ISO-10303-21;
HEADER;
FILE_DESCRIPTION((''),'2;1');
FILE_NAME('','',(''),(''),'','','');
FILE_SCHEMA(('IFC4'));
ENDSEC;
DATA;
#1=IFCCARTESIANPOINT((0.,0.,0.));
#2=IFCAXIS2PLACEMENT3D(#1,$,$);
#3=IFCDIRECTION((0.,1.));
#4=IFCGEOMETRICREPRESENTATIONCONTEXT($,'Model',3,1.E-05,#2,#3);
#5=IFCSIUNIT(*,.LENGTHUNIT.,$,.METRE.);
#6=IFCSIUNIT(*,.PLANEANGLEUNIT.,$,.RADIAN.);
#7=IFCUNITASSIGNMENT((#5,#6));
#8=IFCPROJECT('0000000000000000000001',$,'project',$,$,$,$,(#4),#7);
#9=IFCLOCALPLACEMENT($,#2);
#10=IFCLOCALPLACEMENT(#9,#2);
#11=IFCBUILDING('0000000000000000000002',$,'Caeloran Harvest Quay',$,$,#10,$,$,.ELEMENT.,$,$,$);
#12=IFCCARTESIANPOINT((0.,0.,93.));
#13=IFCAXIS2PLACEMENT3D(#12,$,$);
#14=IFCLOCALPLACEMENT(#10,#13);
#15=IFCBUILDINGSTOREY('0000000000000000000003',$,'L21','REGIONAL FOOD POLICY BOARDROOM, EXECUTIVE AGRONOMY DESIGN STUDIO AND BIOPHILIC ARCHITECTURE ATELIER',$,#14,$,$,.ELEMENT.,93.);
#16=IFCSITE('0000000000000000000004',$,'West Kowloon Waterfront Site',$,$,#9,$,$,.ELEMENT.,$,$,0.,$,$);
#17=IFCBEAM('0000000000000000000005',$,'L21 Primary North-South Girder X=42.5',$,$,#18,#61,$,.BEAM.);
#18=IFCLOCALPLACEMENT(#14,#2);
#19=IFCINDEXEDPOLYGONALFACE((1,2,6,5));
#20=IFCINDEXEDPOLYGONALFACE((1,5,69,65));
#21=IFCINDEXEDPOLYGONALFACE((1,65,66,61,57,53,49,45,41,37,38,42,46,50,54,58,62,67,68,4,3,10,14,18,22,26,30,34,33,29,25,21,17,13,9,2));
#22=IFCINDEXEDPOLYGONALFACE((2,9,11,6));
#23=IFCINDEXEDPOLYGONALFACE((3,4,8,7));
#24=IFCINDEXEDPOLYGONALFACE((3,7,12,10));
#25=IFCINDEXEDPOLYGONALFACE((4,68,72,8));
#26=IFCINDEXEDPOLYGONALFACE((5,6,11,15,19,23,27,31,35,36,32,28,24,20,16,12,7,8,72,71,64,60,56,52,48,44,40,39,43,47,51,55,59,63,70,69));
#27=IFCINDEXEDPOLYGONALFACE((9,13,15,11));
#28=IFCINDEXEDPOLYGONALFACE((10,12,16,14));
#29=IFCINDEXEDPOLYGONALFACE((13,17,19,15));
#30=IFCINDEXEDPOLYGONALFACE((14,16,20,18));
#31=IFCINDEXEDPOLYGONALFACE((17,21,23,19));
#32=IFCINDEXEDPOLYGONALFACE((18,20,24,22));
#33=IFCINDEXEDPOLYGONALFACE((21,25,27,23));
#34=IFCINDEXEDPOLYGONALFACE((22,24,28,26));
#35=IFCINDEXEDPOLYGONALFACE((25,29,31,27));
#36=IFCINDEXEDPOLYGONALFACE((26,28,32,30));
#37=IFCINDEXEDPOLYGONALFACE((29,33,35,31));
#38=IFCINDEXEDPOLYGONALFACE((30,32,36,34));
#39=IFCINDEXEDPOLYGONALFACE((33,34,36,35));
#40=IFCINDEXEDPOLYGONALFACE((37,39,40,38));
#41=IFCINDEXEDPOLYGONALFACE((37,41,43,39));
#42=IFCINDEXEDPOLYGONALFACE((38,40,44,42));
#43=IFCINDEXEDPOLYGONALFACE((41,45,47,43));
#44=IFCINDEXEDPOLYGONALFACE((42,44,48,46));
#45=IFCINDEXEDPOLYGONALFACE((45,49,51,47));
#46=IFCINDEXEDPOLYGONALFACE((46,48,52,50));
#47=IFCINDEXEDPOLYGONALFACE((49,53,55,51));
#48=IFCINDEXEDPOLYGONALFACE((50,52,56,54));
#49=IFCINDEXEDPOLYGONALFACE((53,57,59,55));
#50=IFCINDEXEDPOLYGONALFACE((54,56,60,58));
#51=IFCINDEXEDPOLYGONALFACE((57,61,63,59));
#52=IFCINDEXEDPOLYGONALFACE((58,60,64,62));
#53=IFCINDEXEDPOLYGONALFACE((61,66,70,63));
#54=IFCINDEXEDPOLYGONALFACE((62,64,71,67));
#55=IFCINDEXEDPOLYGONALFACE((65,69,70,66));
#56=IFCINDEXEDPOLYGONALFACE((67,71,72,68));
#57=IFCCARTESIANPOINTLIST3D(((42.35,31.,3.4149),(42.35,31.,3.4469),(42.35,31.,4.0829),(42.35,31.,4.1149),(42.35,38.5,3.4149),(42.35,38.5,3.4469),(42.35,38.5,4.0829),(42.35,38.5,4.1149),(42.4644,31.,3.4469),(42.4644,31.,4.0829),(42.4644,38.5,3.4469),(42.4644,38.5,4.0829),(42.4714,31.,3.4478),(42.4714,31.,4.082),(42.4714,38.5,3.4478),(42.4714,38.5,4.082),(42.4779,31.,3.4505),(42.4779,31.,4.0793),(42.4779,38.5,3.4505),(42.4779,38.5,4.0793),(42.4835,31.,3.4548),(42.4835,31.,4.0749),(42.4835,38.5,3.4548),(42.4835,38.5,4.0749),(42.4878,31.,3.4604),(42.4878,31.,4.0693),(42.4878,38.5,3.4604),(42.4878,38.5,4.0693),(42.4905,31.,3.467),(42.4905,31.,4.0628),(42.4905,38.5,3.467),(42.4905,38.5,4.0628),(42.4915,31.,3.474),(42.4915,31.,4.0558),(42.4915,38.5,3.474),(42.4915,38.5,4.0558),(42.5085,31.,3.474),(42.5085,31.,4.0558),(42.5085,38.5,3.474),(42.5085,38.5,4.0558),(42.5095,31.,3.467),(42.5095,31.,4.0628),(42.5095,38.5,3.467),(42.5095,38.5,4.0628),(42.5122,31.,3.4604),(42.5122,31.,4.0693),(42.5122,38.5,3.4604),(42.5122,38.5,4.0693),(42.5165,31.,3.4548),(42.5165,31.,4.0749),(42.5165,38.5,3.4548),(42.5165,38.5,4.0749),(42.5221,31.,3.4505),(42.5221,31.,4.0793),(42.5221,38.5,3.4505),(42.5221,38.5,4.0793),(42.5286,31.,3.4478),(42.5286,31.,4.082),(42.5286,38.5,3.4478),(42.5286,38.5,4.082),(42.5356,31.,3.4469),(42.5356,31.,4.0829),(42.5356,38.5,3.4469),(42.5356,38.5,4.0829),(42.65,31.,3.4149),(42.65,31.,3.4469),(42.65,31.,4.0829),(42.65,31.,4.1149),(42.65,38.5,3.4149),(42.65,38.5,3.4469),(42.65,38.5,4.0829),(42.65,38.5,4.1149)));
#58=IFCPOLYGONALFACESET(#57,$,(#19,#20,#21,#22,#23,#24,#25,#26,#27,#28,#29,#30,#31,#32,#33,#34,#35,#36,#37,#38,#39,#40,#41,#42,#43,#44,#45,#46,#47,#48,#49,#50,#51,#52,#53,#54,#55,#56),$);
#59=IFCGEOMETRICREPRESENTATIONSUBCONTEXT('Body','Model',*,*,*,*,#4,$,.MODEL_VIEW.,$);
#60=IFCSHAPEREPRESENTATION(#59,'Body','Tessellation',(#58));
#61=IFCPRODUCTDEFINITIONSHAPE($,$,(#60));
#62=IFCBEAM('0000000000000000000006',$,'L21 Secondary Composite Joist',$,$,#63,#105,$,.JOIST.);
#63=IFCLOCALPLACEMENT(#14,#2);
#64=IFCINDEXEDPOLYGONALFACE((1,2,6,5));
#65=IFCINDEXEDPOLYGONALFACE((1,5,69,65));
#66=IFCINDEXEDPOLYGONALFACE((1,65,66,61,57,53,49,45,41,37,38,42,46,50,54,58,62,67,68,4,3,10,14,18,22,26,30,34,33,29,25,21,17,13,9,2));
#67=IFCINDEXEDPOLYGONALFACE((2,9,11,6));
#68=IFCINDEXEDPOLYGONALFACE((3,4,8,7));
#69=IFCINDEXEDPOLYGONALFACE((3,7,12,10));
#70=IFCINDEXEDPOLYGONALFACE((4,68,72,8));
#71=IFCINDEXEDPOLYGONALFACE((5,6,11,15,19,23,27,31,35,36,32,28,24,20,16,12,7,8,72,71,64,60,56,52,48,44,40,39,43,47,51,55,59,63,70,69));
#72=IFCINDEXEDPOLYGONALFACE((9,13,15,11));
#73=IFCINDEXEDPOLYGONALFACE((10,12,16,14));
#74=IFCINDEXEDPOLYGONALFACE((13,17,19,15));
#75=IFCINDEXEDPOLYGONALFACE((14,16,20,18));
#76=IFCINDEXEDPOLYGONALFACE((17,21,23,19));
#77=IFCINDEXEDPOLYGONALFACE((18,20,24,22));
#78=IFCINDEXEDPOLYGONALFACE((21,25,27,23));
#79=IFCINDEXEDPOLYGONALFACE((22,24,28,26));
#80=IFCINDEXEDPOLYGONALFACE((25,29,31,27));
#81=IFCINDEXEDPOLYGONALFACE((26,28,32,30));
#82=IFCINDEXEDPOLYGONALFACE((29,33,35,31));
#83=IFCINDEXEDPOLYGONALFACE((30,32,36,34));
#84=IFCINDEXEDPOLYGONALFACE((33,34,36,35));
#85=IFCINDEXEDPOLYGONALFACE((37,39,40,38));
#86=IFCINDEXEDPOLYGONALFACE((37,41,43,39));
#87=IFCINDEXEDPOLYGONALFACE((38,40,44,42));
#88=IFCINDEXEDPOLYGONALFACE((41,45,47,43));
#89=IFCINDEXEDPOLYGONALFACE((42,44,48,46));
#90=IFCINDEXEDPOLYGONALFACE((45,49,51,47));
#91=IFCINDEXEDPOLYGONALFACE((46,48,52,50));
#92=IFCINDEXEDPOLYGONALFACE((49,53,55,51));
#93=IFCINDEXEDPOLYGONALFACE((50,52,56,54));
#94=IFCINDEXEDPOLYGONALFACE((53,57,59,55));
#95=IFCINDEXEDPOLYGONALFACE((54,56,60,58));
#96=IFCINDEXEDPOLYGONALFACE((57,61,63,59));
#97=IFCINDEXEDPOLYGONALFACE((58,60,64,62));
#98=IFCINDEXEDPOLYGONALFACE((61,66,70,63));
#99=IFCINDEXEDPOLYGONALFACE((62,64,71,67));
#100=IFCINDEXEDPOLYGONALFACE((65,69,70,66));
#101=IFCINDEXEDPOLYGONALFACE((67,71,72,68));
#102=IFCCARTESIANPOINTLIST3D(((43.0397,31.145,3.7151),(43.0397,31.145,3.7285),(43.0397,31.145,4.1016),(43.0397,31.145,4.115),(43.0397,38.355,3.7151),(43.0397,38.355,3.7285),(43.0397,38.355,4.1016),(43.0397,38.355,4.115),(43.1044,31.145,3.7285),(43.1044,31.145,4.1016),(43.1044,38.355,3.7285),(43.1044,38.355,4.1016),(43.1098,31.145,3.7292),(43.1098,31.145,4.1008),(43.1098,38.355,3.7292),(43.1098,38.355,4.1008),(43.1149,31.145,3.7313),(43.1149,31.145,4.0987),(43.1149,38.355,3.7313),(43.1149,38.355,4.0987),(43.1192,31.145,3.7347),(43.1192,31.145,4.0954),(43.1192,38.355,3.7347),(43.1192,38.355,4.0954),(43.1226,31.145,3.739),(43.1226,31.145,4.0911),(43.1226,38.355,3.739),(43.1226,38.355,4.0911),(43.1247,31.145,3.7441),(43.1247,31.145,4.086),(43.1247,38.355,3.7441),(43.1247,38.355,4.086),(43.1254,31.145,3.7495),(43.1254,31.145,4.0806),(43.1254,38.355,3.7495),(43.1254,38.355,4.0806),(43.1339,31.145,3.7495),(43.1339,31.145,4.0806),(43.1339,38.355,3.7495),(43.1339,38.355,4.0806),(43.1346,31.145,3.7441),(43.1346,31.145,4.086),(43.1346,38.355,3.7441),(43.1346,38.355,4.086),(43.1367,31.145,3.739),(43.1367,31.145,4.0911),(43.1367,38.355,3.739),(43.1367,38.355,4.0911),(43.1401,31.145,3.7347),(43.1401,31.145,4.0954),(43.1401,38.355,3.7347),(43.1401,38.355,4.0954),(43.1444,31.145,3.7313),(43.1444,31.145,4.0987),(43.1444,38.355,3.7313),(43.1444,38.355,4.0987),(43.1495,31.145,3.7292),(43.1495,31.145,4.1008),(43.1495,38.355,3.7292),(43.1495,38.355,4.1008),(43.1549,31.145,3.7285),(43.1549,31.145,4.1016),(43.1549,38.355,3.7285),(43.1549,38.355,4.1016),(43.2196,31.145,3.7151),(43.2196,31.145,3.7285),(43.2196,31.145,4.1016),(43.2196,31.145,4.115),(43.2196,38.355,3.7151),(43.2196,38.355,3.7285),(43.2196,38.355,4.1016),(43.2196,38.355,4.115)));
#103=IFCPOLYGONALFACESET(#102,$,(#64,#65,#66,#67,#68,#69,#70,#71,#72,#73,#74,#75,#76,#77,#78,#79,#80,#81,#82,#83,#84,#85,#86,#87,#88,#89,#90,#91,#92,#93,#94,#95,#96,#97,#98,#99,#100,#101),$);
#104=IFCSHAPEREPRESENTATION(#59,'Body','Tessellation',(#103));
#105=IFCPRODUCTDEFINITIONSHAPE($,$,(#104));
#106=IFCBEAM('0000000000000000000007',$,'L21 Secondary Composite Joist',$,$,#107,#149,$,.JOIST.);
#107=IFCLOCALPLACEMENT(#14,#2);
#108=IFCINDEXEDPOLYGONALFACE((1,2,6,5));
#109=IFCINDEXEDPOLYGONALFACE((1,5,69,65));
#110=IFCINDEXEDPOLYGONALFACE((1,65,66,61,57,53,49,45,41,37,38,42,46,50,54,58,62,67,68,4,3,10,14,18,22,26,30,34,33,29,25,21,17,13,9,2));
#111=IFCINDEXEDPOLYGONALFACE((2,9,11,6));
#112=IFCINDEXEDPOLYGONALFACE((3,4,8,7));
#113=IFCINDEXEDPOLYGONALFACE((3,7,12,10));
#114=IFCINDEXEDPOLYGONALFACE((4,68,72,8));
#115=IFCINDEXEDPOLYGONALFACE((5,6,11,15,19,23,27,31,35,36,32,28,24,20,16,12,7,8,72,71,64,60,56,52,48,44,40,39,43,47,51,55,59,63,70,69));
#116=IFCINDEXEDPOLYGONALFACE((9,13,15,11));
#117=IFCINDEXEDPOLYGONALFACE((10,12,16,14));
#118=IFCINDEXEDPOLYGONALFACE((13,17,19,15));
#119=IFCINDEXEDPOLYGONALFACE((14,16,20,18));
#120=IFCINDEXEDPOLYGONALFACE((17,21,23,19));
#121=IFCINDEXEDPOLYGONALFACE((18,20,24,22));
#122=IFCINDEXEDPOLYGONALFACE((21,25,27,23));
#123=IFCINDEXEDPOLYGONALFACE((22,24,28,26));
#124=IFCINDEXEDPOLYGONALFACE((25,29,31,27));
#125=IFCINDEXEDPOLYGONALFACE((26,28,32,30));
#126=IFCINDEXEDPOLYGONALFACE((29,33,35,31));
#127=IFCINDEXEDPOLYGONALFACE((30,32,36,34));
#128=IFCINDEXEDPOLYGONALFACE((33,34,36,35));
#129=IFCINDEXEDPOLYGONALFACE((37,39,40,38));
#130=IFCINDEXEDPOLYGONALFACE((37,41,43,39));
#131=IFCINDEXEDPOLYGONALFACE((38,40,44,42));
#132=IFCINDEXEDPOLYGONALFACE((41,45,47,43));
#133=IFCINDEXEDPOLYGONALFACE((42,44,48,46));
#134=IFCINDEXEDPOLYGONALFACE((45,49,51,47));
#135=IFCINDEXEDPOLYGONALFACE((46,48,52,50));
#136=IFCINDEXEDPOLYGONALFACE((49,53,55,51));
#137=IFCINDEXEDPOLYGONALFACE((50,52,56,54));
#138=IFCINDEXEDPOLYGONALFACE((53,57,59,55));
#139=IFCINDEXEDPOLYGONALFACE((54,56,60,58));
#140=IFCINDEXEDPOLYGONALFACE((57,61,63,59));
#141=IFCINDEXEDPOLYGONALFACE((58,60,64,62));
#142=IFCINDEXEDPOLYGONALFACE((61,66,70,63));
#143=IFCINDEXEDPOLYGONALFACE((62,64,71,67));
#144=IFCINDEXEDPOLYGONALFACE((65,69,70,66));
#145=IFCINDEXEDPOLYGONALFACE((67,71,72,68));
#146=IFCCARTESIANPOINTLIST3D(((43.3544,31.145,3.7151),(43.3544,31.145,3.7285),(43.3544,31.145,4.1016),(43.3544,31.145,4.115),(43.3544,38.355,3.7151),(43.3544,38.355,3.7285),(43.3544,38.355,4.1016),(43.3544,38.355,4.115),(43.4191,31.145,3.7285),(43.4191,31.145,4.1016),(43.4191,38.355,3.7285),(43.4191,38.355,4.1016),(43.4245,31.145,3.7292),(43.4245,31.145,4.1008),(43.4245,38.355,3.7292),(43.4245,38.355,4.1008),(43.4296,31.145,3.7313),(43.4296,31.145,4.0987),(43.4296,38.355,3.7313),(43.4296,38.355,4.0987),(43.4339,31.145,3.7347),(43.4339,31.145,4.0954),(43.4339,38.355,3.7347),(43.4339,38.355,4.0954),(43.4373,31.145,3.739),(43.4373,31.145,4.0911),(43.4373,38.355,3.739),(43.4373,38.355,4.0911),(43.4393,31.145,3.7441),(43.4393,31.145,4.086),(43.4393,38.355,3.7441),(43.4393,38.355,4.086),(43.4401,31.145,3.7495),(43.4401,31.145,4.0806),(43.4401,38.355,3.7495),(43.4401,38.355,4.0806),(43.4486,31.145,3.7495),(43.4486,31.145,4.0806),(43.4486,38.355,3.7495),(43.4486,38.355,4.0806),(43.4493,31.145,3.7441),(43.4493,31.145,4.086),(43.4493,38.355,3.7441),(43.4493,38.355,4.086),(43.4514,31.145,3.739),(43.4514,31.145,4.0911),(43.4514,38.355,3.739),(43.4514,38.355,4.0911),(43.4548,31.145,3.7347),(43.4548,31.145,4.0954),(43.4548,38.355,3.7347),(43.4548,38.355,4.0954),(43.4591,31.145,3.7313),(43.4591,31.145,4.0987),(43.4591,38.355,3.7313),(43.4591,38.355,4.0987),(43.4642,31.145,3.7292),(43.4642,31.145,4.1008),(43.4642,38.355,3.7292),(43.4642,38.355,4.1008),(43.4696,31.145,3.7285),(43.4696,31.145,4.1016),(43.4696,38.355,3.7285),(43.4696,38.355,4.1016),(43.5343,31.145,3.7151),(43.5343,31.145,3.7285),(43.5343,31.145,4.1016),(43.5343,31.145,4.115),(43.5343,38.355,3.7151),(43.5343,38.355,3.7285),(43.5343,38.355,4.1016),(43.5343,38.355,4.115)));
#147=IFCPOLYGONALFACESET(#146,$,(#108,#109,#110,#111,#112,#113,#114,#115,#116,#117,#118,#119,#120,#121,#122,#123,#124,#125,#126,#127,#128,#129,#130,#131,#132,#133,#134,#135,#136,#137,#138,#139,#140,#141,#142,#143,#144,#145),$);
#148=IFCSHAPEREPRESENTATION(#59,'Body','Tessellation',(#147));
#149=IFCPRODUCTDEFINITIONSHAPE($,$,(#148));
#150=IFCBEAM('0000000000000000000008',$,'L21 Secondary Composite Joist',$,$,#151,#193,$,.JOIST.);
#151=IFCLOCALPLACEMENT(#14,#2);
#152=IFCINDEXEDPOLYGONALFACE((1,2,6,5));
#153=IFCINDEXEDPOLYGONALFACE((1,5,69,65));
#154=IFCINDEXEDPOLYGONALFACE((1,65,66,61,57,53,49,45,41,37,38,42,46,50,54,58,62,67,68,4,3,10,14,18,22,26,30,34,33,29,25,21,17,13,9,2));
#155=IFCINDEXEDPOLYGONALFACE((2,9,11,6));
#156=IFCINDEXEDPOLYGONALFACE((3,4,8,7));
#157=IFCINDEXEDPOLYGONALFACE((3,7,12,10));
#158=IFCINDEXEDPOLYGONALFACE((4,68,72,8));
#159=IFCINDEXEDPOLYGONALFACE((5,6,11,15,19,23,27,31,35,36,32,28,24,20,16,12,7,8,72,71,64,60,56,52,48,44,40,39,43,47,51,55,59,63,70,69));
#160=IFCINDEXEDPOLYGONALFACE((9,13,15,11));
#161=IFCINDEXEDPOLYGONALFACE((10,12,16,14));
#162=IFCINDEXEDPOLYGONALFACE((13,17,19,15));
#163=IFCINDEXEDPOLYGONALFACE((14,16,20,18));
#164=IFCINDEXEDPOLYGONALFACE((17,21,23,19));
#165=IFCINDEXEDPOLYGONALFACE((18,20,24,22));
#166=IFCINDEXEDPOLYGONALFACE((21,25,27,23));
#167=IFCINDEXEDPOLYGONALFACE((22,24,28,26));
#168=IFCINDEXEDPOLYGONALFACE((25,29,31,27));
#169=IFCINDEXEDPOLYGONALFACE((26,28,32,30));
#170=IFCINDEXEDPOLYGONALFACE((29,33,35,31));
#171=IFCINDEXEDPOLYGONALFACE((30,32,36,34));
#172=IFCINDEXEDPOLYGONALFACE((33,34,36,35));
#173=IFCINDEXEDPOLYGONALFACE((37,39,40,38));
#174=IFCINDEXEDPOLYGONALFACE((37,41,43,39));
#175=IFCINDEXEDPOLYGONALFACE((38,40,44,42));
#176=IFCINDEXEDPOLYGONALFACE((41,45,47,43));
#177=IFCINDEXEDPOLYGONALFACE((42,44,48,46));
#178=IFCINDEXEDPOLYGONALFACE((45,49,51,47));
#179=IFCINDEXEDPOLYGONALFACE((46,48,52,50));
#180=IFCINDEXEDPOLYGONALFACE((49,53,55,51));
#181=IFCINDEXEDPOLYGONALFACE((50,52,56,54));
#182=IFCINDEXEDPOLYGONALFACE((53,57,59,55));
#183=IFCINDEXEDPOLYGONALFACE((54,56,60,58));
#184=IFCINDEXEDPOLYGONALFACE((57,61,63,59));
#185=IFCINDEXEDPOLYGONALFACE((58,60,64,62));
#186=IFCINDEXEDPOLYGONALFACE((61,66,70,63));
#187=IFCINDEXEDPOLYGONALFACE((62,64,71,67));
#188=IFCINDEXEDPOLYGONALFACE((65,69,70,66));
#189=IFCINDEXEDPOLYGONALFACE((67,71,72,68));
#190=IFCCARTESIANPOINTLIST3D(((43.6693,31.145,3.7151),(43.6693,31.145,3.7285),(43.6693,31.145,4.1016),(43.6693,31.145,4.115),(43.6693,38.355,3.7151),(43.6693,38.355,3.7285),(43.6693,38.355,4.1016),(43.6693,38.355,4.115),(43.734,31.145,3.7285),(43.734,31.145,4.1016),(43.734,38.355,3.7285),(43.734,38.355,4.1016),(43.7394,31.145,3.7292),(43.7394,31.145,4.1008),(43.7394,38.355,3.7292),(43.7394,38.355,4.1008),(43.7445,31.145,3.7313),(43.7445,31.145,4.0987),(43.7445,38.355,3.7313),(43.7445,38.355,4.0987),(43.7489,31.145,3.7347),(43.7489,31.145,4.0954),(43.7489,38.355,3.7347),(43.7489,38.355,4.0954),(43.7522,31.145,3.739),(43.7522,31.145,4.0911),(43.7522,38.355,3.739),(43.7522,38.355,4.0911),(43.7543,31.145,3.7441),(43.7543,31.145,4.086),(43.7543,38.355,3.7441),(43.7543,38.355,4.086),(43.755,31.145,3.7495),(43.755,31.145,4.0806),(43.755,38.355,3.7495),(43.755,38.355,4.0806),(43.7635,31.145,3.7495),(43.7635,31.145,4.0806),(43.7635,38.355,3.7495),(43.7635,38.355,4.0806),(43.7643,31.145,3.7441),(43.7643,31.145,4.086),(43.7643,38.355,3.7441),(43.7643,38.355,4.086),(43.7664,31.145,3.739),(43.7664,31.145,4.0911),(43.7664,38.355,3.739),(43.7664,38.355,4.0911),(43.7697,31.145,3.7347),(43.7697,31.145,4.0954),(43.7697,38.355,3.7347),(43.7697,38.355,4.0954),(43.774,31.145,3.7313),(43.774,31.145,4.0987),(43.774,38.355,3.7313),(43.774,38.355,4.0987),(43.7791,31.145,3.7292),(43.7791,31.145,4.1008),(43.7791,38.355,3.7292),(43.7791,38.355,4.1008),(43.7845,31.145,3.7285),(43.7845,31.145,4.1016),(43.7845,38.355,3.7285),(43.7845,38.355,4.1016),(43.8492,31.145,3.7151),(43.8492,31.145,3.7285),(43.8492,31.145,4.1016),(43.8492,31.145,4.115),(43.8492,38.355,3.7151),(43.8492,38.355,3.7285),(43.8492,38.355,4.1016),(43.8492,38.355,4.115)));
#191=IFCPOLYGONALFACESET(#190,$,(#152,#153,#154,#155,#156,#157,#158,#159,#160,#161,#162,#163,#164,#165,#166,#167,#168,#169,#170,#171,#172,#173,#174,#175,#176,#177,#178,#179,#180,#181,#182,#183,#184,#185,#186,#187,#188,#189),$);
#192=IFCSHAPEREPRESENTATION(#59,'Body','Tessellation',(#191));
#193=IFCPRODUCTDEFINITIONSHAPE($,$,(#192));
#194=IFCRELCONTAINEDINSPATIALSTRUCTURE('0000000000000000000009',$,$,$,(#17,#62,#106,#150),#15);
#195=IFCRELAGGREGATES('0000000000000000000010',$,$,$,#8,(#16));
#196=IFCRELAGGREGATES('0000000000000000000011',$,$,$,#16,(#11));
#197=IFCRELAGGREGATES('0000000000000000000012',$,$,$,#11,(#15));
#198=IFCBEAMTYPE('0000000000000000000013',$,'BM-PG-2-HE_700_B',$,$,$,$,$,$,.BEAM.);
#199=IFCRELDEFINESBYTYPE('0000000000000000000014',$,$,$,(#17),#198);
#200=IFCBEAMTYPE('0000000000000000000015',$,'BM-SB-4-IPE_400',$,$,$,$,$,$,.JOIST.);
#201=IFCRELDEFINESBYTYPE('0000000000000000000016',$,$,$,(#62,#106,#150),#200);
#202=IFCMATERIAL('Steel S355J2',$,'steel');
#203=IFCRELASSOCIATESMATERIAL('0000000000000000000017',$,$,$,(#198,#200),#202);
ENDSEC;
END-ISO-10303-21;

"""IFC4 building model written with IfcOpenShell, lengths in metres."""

from ifc_helpers import new_model, si_unit, direction, frame, origin, origin_2d, place, context, subcontext, project, spatial, i_section, extrude, material, material_profile, profile_set, type_object, element, save


model = new_model("IFC4")

# Units and contexts
model_context = context("Model", 3, precision=1e-05, world=origin(), true_north=direction((0.0, 1.0)))
body_context = subcontext(model_context, "Body", "Model", "MODEL_VIEW")
ifc_project = project(units=[si_unit("LENGTHUNIT", "METRE"), si_unit("PLANEANGLEUNIT", "RADIAN")], contexts=[model_context])

# Site, building, storey
site_placement = place(None, origin())
site = spatial("IfcSite", under=ifc_project, at=site_placement, Name="West Kowloon Waterfront Site", CompositionType="ELEMENT", RefElevation=0.0)
building_placement = place(site_placement, origin())
building = spatial("IfcBuilding", under=site, at=building_placement, Name="Caeloran Harvest Quay", CompositionType="ELEMENT")
storey_placement = place(building_placement, frame((0.0, 0.0, 93.0)))
storey = spatial("IfcBuildingStorey", under=building, at=storey_placement, Name="L21", Description="REGIONAL FOOD POLICY BOARDROOM, EXECUTIVE AGRONOMY DESIGN STUDIO AND BIOPHILIC ARCHITECTURE ATELIER", CompositionType="ELEMENT", Elevation=93.0)

# Beams
ifc_material_1 = material(Name="Steel S355J2", Category="steel")
ifc_material_profile_1 = material_profile(ifc_material_1, i_section(OverallWidth=0.3, OverallDepth=0.7, WebThickness=0.0171, FlangeThickness=0.032, FilletRadius=0.0271, at=origin_2d()), Name="HE 700 B")
ifc_profile_set_1 = profile_set([ifc_material_profile_1], Name="Steel S355J2")
beam_type_1 = type_object("IfcBeamType", Name="BM-PG-2-HE_700_B", PredefinedType="BEAM", material=ifc_profile_set_1)
beam_placement = place(storey_placement, frame((42.5, 31.0, 3.7649), z_axis=(0.0, 1.0, 0.0), x_axis=(-1.0, 0.0, 0.0)))
element("IfcBeam", 1, at=beam_placement, inside=storey, type_object=beam_type_1, Name="L21 Primary North-South Girder X=42.5", PredefinedType="BEAM", context=body_context, shape_type="SweptSolid", body=[
    extrude(i_section(OverallWidth=0.3, OverallDepth=0.7, WebThickness=0.0171, FlangeThickness=0.032, FilletRadius=0.0271, at=origin_2d()), origin(), (0.0, 0.0, 1.0), 7.5),
])
ifc_material_profile_2 = material_profile(ifc_material_1, i_section(OverallWidth=0.1799, OverallDepth=0.3999, WebThickness=0.0085, FlangeThickness=0.0134, FilletRadius=0.021, at=origin_2d()), Name="IPE 400")
ifc_profile_set_2 = profile_set([ifc_material_profile_2], Name="Steel S355J2")
beam_type_2 = type_object("IfcBeamType", Name="BM-SB-4-IPE_400", PredefinedType="JOIST", material=ifc_profile_set_2)
for number, where, z_axis, x_axis, name in (
    (2, (43.1296, 31.145, 3.915), (0.0, 1.0, 0.0), (-1.0, 0.0, 0.0), "L21 Secondary Composite Joist"),
    (3, (43.4443, 31.145, 3.915), (0.0, 1.0, 0.0), (-1.0, 0.0, 0.0), "L21 Secondary Composite Joist"),
    (4, (43.7593, 31.145, 3.915), (0.0, 1.0, 0.0), (-1.0, 0.0, 0.0), "L21 Secondary Composite Joist"),
):
    element("IfcBeam", number, at=place(storey_placement, frame(where, z_axis=z_axis, x_axis=x_axis)), inside=storey, type_object=beam_type_2, Name=name, PredefinedType="JOIST", context=body_context, shape_type="SweptSolid", body=[
        extrude(i_section(OverallWidth=0.1799, OverallDepth=0.3999, WebThickness=0.0085, FlangeThickness=0.0134, FilletRadius=0.021, at=origin_2d()), origin(), (0.0, 0.0, 1.0), 7.21),
    ])

save(model, "model.ifc")
